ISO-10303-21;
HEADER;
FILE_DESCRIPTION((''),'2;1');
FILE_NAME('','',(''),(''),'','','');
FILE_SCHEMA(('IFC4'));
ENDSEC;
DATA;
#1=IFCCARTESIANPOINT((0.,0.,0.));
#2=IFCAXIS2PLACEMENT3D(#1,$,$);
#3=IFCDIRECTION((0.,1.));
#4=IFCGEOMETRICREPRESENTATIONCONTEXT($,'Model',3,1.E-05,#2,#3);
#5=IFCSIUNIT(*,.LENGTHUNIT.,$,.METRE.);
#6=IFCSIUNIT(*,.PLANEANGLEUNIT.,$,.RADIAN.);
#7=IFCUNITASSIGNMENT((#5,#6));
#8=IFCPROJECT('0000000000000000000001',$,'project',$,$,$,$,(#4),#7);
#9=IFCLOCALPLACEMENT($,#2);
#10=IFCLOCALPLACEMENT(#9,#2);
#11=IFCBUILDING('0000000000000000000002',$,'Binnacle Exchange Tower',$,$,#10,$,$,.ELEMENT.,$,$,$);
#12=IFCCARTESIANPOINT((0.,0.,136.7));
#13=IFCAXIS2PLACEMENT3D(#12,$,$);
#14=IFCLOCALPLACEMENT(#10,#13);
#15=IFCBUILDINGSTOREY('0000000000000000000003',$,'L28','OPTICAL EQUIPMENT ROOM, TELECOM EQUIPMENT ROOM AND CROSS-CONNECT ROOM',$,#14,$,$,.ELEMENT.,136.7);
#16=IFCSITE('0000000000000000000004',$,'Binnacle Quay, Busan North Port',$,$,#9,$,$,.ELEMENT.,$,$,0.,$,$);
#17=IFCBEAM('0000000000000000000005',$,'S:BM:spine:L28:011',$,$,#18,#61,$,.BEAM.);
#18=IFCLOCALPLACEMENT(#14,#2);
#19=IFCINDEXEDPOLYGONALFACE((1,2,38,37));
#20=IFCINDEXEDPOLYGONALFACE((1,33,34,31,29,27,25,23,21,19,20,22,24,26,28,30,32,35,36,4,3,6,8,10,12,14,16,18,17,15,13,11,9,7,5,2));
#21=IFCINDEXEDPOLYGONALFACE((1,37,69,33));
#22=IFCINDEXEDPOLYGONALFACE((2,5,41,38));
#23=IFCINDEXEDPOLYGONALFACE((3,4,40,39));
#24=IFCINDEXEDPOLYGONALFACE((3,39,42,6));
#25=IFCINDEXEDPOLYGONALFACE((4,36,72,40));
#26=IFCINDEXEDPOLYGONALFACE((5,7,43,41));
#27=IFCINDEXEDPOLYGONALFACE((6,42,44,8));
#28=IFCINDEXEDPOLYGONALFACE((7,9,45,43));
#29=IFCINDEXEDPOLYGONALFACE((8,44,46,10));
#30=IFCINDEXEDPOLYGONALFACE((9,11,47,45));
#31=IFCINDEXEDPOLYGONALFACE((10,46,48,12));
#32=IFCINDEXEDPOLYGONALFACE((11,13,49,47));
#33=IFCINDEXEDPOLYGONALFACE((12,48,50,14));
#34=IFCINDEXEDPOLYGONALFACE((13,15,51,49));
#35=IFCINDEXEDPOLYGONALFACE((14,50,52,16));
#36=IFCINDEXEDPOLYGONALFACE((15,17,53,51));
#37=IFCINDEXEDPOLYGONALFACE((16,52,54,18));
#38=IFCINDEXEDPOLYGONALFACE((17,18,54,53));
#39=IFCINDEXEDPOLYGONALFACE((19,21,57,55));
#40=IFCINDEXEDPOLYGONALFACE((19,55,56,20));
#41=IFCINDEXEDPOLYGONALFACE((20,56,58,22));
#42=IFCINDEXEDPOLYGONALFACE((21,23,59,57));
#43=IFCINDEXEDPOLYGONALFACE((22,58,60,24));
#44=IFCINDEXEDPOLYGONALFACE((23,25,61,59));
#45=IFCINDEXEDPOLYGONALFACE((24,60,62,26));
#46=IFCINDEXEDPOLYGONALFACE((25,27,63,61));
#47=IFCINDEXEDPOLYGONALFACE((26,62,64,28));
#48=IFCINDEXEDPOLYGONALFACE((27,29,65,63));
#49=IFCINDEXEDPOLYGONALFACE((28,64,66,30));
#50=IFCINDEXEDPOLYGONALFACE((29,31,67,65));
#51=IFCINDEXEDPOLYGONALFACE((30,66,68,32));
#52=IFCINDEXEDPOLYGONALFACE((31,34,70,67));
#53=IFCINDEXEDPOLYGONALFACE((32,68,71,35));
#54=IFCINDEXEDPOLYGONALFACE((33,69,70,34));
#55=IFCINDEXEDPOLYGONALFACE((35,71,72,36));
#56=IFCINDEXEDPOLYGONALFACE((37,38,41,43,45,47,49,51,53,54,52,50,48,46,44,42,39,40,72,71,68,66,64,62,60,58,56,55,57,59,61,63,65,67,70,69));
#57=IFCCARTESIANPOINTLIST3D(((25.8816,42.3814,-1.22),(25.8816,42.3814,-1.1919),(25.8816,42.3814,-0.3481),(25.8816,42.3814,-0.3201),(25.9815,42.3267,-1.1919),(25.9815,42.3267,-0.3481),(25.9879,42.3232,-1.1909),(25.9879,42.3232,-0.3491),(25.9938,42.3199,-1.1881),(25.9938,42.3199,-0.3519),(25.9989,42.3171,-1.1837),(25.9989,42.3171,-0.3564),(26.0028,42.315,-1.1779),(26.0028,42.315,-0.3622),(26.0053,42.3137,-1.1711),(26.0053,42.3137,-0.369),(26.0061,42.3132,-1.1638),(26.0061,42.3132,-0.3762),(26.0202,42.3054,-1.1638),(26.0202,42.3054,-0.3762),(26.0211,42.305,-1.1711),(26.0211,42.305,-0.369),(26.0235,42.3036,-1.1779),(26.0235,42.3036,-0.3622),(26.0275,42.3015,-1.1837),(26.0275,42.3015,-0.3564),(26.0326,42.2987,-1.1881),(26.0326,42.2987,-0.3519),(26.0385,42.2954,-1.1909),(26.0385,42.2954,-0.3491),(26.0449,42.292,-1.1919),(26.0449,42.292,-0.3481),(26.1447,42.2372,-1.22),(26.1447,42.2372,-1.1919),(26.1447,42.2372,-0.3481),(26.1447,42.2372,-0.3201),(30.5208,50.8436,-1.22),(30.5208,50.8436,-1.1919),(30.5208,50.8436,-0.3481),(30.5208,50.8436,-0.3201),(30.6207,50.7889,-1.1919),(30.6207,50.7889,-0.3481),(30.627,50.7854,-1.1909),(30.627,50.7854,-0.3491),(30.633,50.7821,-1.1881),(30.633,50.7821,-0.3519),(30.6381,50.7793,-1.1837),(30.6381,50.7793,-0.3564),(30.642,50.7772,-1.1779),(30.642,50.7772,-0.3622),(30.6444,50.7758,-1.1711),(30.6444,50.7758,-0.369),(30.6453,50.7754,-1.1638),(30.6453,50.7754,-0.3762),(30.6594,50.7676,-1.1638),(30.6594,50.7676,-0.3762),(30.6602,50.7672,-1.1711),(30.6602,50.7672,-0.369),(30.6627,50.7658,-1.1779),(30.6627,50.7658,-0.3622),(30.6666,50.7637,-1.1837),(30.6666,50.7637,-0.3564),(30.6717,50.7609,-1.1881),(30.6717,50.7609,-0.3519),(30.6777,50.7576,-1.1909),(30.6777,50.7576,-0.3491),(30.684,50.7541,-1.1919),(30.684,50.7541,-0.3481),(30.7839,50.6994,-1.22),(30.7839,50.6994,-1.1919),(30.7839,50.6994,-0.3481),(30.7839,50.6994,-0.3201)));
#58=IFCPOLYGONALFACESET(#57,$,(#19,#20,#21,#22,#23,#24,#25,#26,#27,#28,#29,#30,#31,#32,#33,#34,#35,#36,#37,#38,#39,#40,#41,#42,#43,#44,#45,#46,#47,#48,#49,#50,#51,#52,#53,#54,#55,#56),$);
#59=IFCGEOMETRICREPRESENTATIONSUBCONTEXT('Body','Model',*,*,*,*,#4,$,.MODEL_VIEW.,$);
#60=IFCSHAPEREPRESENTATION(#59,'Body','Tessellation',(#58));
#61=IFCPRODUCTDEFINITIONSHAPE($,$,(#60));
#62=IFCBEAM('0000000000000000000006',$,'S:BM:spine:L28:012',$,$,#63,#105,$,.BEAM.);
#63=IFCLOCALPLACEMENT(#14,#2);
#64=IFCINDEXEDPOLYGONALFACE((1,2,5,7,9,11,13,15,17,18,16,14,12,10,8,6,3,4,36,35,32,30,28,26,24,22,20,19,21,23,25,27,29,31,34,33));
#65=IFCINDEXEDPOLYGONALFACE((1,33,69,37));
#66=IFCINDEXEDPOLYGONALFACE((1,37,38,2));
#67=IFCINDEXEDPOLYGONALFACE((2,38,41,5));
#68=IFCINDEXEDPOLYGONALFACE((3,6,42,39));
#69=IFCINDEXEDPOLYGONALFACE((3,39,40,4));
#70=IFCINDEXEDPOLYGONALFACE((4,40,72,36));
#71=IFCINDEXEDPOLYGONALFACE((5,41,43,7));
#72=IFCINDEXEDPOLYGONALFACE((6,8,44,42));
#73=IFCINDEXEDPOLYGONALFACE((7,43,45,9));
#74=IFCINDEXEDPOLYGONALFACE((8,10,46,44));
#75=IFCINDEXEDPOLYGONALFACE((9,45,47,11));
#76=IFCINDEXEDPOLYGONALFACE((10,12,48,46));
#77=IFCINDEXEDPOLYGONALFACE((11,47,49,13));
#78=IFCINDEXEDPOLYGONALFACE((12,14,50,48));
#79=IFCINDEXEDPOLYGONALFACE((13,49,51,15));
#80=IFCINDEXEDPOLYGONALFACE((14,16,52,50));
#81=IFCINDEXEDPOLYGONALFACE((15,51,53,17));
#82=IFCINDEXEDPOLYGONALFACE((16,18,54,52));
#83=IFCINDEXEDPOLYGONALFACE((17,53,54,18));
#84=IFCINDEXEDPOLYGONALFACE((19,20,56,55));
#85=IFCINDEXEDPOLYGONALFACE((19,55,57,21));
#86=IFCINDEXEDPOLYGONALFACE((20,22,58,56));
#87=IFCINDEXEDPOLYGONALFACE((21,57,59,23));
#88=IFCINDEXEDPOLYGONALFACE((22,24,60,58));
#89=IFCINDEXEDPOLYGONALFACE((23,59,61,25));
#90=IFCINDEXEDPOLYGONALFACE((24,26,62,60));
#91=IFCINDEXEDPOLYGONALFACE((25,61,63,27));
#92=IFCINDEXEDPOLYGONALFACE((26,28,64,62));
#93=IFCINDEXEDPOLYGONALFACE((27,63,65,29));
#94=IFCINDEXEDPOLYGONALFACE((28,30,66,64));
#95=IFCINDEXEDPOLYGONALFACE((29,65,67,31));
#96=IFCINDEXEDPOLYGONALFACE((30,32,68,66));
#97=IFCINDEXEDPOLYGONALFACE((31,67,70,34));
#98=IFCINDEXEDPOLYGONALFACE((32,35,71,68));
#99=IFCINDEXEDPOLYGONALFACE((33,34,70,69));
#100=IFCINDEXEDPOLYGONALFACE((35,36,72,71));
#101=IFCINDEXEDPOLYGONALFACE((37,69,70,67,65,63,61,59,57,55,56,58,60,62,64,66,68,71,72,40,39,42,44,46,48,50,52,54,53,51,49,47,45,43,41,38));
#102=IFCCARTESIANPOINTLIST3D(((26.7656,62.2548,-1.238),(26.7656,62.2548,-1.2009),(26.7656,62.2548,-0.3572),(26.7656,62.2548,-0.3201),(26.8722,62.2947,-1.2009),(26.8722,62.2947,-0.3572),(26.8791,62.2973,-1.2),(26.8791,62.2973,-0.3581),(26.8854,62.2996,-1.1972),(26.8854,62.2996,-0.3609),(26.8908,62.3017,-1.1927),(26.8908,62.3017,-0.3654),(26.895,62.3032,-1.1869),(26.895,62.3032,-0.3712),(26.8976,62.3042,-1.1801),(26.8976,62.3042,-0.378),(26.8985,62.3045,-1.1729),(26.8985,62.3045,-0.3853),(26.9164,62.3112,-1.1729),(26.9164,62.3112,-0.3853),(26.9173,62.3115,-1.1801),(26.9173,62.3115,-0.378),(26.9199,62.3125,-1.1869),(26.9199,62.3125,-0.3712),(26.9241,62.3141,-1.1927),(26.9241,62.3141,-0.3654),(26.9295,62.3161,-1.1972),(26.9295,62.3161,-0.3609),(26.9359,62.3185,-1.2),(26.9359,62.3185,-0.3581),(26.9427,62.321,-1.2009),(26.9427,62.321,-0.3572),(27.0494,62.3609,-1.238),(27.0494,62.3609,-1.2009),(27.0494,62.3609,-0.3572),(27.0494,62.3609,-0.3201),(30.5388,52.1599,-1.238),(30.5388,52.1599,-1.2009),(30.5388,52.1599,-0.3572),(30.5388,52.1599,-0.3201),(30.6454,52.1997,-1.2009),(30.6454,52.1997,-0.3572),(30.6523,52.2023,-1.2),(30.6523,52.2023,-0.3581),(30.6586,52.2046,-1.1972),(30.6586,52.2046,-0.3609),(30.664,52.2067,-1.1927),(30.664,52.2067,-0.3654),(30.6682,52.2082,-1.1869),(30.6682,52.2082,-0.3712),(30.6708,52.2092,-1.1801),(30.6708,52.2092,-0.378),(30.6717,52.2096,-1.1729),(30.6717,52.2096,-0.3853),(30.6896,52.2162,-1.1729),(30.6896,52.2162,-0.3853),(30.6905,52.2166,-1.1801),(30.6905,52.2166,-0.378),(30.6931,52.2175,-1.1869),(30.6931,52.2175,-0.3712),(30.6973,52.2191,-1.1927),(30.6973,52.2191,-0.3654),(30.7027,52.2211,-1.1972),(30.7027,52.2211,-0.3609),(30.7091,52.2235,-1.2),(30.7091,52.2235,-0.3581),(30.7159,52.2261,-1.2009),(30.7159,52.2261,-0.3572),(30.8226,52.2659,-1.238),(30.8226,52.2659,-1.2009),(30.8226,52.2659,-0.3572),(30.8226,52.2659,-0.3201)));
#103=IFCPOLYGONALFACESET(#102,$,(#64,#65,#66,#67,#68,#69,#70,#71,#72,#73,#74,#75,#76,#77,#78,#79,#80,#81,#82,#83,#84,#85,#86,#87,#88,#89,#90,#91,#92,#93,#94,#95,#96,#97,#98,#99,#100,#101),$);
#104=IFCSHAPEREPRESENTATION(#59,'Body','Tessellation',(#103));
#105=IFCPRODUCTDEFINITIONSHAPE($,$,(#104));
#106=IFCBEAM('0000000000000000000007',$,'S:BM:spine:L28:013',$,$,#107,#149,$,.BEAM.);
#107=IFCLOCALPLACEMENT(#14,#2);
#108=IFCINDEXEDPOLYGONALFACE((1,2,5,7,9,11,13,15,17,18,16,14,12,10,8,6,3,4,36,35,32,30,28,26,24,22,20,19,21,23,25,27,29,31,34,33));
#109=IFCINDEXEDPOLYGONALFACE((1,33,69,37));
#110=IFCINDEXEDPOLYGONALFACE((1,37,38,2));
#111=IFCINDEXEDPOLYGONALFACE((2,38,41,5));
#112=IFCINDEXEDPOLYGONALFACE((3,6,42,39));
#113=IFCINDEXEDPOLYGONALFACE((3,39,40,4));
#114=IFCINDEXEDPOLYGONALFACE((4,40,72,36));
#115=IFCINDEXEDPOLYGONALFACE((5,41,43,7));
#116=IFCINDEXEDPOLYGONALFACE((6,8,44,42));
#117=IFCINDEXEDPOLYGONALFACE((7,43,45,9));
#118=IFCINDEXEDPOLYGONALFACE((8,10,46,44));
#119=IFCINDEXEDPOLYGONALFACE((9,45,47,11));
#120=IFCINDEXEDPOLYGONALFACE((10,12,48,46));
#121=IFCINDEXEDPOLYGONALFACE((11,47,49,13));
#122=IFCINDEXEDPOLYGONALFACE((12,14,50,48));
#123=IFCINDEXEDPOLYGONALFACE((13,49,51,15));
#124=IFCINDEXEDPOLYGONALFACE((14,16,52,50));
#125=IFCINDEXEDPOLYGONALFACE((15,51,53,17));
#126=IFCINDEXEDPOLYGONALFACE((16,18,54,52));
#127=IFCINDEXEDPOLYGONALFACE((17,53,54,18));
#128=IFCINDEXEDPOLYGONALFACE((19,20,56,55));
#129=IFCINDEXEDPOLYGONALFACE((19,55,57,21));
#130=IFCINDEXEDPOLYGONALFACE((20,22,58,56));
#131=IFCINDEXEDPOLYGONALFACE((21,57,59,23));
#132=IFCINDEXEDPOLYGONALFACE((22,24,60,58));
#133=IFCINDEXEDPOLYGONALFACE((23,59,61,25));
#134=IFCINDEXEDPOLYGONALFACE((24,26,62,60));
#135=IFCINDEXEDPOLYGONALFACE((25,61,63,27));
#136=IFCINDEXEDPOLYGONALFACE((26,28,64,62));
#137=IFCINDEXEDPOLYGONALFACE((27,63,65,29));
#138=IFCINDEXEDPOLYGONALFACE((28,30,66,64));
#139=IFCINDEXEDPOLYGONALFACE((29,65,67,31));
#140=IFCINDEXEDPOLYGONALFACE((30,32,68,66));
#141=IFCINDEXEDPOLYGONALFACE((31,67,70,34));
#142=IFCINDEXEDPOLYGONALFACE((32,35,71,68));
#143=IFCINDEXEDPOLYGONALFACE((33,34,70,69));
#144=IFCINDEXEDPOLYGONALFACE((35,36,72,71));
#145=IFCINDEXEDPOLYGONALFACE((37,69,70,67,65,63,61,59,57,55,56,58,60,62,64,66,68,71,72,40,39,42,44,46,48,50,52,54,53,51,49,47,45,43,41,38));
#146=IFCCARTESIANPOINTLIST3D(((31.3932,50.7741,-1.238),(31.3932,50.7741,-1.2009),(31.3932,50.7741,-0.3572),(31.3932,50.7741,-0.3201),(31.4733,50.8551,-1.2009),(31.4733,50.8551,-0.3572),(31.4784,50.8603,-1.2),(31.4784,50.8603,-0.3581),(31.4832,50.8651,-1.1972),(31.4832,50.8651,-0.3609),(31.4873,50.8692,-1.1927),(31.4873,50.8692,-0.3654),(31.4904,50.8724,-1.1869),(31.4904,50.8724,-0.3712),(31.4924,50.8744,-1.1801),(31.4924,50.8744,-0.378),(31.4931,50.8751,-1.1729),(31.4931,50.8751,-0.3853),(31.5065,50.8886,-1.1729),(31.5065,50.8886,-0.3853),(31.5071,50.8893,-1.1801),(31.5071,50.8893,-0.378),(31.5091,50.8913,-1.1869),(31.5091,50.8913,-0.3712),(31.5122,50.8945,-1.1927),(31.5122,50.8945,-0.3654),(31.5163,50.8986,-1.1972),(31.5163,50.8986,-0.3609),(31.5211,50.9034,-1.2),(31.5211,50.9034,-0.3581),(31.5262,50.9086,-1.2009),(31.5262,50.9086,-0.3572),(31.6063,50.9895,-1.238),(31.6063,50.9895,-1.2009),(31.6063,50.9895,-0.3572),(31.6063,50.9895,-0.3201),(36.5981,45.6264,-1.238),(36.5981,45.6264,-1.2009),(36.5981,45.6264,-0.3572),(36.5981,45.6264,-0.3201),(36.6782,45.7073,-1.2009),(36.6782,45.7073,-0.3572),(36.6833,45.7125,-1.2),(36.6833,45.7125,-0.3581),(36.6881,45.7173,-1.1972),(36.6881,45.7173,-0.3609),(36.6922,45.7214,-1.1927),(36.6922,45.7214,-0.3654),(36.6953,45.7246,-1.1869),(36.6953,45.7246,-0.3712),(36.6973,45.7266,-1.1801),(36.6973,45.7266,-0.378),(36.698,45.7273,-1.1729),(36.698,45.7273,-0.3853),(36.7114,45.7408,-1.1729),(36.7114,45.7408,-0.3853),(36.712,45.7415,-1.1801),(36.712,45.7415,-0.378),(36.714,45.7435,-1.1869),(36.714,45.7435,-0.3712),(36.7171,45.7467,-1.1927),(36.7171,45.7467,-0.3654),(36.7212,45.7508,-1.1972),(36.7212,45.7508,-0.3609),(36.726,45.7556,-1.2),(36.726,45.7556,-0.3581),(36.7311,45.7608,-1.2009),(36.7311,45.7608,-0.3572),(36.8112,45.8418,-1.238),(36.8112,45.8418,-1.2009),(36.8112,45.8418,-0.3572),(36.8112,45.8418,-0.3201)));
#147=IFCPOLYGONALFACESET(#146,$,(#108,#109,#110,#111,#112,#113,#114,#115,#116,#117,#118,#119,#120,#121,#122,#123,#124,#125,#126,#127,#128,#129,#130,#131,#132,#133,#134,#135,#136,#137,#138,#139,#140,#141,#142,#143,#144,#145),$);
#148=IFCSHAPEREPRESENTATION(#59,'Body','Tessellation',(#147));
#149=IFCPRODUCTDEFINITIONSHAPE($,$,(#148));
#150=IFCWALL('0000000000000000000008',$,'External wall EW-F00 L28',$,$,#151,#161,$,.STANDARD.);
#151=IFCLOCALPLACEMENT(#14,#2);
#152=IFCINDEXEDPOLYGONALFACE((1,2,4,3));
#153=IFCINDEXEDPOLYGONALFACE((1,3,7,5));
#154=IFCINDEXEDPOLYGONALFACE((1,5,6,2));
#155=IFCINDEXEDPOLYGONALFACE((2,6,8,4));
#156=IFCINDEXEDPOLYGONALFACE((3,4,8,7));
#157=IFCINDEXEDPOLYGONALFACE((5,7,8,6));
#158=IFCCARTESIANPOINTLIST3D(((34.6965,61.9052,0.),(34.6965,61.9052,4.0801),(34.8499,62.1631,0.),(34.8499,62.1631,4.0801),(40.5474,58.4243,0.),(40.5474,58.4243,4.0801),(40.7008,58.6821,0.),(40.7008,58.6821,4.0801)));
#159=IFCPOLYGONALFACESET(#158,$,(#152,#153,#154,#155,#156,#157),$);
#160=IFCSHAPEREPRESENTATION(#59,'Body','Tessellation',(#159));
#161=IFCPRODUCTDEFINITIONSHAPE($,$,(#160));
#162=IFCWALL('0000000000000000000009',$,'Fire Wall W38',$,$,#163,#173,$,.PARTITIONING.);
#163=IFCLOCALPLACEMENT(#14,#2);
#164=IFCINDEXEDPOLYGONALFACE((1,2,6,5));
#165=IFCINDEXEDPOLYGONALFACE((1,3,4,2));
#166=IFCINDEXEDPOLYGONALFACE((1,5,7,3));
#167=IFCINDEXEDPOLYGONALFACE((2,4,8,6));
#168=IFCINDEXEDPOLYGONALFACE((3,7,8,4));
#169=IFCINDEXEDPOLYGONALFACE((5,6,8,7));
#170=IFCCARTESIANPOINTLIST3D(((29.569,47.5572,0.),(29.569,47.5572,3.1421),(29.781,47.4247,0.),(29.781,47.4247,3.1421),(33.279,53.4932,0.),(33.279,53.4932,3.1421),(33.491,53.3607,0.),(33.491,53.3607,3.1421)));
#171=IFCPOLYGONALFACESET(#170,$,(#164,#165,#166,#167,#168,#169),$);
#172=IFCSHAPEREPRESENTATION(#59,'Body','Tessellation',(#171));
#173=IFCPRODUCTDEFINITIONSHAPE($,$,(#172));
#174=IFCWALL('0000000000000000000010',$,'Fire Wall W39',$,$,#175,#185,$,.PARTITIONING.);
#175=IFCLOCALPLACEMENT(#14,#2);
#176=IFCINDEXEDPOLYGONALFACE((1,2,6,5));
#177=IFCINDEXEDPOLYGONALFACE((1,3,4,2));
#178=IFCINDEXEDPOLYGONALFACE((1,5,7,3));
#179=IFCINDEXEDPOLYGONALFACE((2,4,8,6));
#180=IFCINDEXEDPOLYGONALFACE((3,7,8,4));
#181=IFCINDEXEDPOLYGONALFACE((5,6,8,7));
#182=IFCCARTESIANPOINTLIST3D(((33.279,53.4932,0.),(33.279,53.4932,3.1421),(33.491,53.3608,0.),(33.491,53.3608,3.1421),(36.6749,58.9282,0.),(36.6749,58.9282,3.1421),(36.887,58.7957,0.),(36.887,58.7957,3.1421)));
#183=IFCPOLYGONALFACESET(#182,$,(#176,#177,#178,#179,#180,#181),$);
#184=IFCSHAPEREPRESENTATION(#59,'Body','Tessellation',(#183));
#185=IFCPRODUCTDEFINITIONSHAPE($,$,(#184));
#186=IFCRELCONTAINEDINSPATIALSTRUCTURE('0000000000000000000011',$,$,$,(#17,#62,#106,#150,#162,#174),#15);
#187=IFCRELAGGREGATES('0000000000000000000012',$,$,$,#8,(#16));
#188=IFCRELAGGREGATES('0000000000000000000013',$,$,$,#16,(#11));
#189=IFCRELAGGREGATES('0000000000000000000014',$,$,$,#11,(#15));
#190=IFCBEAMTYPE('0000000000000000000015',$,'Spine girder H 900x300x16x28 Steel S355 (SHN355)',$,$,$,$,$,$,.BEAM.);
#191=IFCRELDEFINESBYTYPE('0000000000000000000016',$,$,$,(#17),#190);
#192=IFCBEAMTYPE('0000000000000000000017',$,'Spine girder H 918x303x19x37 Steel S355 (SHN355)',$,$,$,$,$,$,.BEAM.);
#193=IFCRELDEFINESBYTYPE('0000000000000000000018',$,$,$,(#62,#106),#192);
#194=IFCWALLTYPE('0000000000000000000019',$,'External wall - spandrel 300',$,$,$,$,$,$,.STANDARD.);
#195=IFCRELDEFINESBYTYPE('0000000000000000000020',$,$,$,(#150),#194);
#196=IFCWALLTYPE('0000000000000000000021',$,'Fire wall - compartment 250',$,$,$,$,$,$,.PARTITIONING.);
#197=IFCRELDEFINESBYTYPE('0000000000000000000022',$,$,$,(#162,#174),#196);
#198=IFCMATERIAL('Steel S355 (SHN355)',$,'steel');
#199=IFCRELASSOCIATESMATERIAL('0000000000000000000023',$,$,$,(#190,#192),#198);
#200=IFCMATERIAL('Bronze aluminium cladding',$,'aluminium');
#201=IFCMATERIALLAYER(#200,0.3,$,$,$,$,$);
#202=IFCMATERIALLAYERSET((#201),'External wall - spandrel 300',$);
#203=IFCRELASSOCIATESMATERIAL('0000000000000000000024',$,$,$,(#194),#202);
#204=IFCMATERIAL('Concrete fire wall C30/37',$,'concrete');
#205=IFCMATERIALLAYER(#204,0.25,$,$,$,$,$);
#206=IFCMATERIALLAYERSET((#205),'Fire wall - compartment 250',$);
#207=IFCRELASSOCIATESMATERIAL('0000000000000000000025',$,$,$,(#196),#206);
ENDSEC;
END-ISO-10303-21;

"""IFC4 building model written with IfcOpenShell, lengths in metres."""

from ifc_helpers import new_model, si_unit, direction, frame, frame_2d, origin, origin_2d, place, context, subcontext, project, spatial, rectangle, i_section, extrude, material, layer, layer_set, material_profile, profile_set, type_object, element, save


model = new_model("IFC4")

# Units and contexts
model_context = context("Model", 3, precision=1e-05, world=origin(), true_north=direction((0.0, 1.0)))
body_context = subcontext(model_context, "Body", "Model", "MODEL_VIEW")
ifc_project = project(units=[si_unit("LENGTHUNIT", "METRE"), si_unit("PLANEANGLEUNIT", "RADIAN")], contexts=[model_context])

# Site, building, storey
site_placement = place(None, origin())
site = spatial("IfcSite", under=ifc_project, at=site_placement, Name="Binnacle Quay, Busan North Port", CompositionType="ELEMENT", RefElevation=0.0)
building_placement = place(site_placement, origin())
building = spatial("IfcBuilding", under=site, at=building_placement, Name="Binnacle Exchange Tower", CompositionType="ELEMENT")
storey_placement = place(building_placement, frame((0.0, 0.0, 136.7)))
storey = spatial("IfcBuildingStorey", under=building, at=storey_placement, Name="L28", Description="OPTICAL EQUIPMENT ROOM, TELECOM EQUIPMENT ROOM AND CROSS-CONNECT ROOM", CompositionType="ELEMENT", Elevation=136.7)

# Beams
ifc_material_1 = material(Name="Steel S355 (SHN355)", Category="steel")
ifc_material_profile_1 = material_profile(ifc_material_1, i_section(OverallWidth=0.3, OverallDepth=0.8999, WebThickness=0.0161, FlangeThickness=0.0281, FilletRadius=0.0281, at=origin_2d()), Name="H 900x300x16x28")
ifc_profile_set_1 = profile_set([ifc_material_profile_1], Name="Steel S355 (SHN355)")
beam_type_1 = type_object("IfcBeamType", Name="Spine girder H 900x300x16x28 Steel S355 (SHN355)", PredefinedType="BEAM", material=ifc_profile_set_1)
beam_1_placement = place(storey_placement, frame((30.6523, 50.7715, -0.77), z_axis=(-0.480723, -0.876873, 0.0), x_axis=(0.876873, -0.480723, 0.0)))
element("IfcBeam", 1, at=beam_1_placement, inside=storey, type_object=beam_type_1, Name="S:BM:spine:L28:011", PredefinedType="BEAM", context=body_context, shape_type="SweptSolid", body=[
    extrude(i_section(OverallWidth=0.3, OverallDepth=0.8999, WebThickness=0.0161, FlangeThickness=0.0281, FilletRadius=0.0281, at=origin_2d()), origin(), (0.0, 0.0, 1.0), 9.6504),
])
ifc_material_profile_2 = material_profile(ifc_material_1, i_section(OverallWidth=0.303, OverallDepth=0.918, WebThickness=0.019, FlangeThickness=0.0371, FilletRadius=0.0281, at=origin_2d()), Name="H 918x303x19x37")
ifc_profile_set_2 = profile_set([ifc_material_profile_2], Name="Steel S355 (SHN355)")
beam_type_2 = type_object("IfcBeamType", Name="Spine girder H 918x303x19x37 Steel S355 (SHN355)", PredefinedType="BEAM", material=ifc_profile_set_2)
beam_2_placement = place(storey_placement, frame((30.6807, 52.2129, -0.7791), z_axis=(-0.350113, 0.936708, 0.0), x_axis=(-0.936708, -0.350113, 0.0)))
element("IfcBeam", 2, at=beam_2_placement, inside=storey, type_object=beam_type_2, Name="S:BM:spine:L28:012", PredefinedType="BEAM", context=body_context, shape_type="SweptSolid", body=[
    extrude(i_section(OverallWidth=0.303, OverallDepth=0.918, WebThickness=0.019, FlangeThickness=0.0371, FilletRadius=0.0281, at=origin_2d()), origin(), (0.0, 0.0, 1.0), 10.7771),
])
beam_3_placement = place(storey_placement, frame((31.4998, 50.8818, -0.7791), z_axis=(0.710998, -0.703194, 0.0), x_axis=(0.703194, 0.710998, 0.0)))
element("IfcBeam", 3, at=beam_3_placement, inside=storey, type_object=beam_type_2, Name="S:BM:spine:L28:013", PredefinedType="BEAM", context=body_context, shape_type="SweptSolid", body=[
    extrude(i_section(OverallWidth=0.303, OverallDepth=0.918, WebThickness=0.019, FlangeThickness=0.0371, FilletRadius=0.0281, at=origin_2d()), origin(), (0.0, 0.0, 1.0), 7.3206),
])

# Walls
ifc_material_2 = material(Name="Bronze aluminium cladding", Category="aluminium")
ifc_layer_1 = layer(ifc_material_2, 0.3)
ifc_layer_set_1 = layer_set([ifc_layer_1], Name="External wall - spandrel 300")
wall_type_1 = type_object("IfcWallType", Name="External wall - spandrel 300", PredefinedType="STANDARD", material=ifc_layer_set_1)
wall_1_placement = place(storey_placement, frame((34.7732, 62.0342, 0.0), z_axis=(0.0, 0.0, 1.0), x_axis=(0.859401, -0.511302, 0.0)))
element("IfcWall", 4, at=wall_1_placement, inside=storey, type_object=wall_type_1, Name="External wall EW-F00 L28", PredefinedType="STANDARD", context=body_context, shape_type="SweptSolid", body=[
    extrude(rectangle(XDim=6.8081, YDim=0.3, at=frame_2d((3.4041, 0.0))), origin(), (0.0, 0.0, 1.0), 4.0801),
])
ifc_material_3 = material(Name="Concrete fire wall C30/37", Category="concrete")
ifc_layer_2 = layer(ifc_material_3, 0.25)
ifc_layer_set_2 = layer_set([ifc_layer_2], Name="Fire wall - compartment 250")
wall_type_2 = type_object("IfcWallType", Name="Fire wall - compartment 250", PredefinedType="PARTITIONING", material=ifc_layer_set_2)
wall_2_placement = place(storey_placement, frame((29.675, 47.491, 0.0), z_axis=(0.0, 0.0, 1.0), x_axis=(0.529993, 0.848002, 0.0)))
element("IfcWall", 5, at=wall_2_placement, inside=storey, type_object=wall_type_2, Name="Fire Wall W38", PredefinedType="PARTITIONING", context=body_context, shape_type="SweptSolid", body=[
    extrude(rectangle(XDim=7.0, YDim=0.25, at=frame_2d((3.5, 0.0))), origin(), (0.0, 0.0, 1.0), 3.1421),
])
wall_3_placement = place(storey_placement, frame((33.385, 53.427, 0.0), z_axis=(0.0, 0.0, 1.0), x_axis=(0.529896, 0.848063, 0.0)))
element("IfcWall", 6, at=wall_3_placement, inside=storey, type_object=wall_type_2, Name="Fire Wall W39", PredefinedType="PARTITIONING", context=body_context, shape_type="SweptSolid", body=[
    extrude(rectangle(XDim=6.4087, YDim=0.25, at=frame_2d((3.2043, 0.0))), origin(), (0.0, 0.0, 1.0), 3.1421),
])

save(model, "model.ifc")
